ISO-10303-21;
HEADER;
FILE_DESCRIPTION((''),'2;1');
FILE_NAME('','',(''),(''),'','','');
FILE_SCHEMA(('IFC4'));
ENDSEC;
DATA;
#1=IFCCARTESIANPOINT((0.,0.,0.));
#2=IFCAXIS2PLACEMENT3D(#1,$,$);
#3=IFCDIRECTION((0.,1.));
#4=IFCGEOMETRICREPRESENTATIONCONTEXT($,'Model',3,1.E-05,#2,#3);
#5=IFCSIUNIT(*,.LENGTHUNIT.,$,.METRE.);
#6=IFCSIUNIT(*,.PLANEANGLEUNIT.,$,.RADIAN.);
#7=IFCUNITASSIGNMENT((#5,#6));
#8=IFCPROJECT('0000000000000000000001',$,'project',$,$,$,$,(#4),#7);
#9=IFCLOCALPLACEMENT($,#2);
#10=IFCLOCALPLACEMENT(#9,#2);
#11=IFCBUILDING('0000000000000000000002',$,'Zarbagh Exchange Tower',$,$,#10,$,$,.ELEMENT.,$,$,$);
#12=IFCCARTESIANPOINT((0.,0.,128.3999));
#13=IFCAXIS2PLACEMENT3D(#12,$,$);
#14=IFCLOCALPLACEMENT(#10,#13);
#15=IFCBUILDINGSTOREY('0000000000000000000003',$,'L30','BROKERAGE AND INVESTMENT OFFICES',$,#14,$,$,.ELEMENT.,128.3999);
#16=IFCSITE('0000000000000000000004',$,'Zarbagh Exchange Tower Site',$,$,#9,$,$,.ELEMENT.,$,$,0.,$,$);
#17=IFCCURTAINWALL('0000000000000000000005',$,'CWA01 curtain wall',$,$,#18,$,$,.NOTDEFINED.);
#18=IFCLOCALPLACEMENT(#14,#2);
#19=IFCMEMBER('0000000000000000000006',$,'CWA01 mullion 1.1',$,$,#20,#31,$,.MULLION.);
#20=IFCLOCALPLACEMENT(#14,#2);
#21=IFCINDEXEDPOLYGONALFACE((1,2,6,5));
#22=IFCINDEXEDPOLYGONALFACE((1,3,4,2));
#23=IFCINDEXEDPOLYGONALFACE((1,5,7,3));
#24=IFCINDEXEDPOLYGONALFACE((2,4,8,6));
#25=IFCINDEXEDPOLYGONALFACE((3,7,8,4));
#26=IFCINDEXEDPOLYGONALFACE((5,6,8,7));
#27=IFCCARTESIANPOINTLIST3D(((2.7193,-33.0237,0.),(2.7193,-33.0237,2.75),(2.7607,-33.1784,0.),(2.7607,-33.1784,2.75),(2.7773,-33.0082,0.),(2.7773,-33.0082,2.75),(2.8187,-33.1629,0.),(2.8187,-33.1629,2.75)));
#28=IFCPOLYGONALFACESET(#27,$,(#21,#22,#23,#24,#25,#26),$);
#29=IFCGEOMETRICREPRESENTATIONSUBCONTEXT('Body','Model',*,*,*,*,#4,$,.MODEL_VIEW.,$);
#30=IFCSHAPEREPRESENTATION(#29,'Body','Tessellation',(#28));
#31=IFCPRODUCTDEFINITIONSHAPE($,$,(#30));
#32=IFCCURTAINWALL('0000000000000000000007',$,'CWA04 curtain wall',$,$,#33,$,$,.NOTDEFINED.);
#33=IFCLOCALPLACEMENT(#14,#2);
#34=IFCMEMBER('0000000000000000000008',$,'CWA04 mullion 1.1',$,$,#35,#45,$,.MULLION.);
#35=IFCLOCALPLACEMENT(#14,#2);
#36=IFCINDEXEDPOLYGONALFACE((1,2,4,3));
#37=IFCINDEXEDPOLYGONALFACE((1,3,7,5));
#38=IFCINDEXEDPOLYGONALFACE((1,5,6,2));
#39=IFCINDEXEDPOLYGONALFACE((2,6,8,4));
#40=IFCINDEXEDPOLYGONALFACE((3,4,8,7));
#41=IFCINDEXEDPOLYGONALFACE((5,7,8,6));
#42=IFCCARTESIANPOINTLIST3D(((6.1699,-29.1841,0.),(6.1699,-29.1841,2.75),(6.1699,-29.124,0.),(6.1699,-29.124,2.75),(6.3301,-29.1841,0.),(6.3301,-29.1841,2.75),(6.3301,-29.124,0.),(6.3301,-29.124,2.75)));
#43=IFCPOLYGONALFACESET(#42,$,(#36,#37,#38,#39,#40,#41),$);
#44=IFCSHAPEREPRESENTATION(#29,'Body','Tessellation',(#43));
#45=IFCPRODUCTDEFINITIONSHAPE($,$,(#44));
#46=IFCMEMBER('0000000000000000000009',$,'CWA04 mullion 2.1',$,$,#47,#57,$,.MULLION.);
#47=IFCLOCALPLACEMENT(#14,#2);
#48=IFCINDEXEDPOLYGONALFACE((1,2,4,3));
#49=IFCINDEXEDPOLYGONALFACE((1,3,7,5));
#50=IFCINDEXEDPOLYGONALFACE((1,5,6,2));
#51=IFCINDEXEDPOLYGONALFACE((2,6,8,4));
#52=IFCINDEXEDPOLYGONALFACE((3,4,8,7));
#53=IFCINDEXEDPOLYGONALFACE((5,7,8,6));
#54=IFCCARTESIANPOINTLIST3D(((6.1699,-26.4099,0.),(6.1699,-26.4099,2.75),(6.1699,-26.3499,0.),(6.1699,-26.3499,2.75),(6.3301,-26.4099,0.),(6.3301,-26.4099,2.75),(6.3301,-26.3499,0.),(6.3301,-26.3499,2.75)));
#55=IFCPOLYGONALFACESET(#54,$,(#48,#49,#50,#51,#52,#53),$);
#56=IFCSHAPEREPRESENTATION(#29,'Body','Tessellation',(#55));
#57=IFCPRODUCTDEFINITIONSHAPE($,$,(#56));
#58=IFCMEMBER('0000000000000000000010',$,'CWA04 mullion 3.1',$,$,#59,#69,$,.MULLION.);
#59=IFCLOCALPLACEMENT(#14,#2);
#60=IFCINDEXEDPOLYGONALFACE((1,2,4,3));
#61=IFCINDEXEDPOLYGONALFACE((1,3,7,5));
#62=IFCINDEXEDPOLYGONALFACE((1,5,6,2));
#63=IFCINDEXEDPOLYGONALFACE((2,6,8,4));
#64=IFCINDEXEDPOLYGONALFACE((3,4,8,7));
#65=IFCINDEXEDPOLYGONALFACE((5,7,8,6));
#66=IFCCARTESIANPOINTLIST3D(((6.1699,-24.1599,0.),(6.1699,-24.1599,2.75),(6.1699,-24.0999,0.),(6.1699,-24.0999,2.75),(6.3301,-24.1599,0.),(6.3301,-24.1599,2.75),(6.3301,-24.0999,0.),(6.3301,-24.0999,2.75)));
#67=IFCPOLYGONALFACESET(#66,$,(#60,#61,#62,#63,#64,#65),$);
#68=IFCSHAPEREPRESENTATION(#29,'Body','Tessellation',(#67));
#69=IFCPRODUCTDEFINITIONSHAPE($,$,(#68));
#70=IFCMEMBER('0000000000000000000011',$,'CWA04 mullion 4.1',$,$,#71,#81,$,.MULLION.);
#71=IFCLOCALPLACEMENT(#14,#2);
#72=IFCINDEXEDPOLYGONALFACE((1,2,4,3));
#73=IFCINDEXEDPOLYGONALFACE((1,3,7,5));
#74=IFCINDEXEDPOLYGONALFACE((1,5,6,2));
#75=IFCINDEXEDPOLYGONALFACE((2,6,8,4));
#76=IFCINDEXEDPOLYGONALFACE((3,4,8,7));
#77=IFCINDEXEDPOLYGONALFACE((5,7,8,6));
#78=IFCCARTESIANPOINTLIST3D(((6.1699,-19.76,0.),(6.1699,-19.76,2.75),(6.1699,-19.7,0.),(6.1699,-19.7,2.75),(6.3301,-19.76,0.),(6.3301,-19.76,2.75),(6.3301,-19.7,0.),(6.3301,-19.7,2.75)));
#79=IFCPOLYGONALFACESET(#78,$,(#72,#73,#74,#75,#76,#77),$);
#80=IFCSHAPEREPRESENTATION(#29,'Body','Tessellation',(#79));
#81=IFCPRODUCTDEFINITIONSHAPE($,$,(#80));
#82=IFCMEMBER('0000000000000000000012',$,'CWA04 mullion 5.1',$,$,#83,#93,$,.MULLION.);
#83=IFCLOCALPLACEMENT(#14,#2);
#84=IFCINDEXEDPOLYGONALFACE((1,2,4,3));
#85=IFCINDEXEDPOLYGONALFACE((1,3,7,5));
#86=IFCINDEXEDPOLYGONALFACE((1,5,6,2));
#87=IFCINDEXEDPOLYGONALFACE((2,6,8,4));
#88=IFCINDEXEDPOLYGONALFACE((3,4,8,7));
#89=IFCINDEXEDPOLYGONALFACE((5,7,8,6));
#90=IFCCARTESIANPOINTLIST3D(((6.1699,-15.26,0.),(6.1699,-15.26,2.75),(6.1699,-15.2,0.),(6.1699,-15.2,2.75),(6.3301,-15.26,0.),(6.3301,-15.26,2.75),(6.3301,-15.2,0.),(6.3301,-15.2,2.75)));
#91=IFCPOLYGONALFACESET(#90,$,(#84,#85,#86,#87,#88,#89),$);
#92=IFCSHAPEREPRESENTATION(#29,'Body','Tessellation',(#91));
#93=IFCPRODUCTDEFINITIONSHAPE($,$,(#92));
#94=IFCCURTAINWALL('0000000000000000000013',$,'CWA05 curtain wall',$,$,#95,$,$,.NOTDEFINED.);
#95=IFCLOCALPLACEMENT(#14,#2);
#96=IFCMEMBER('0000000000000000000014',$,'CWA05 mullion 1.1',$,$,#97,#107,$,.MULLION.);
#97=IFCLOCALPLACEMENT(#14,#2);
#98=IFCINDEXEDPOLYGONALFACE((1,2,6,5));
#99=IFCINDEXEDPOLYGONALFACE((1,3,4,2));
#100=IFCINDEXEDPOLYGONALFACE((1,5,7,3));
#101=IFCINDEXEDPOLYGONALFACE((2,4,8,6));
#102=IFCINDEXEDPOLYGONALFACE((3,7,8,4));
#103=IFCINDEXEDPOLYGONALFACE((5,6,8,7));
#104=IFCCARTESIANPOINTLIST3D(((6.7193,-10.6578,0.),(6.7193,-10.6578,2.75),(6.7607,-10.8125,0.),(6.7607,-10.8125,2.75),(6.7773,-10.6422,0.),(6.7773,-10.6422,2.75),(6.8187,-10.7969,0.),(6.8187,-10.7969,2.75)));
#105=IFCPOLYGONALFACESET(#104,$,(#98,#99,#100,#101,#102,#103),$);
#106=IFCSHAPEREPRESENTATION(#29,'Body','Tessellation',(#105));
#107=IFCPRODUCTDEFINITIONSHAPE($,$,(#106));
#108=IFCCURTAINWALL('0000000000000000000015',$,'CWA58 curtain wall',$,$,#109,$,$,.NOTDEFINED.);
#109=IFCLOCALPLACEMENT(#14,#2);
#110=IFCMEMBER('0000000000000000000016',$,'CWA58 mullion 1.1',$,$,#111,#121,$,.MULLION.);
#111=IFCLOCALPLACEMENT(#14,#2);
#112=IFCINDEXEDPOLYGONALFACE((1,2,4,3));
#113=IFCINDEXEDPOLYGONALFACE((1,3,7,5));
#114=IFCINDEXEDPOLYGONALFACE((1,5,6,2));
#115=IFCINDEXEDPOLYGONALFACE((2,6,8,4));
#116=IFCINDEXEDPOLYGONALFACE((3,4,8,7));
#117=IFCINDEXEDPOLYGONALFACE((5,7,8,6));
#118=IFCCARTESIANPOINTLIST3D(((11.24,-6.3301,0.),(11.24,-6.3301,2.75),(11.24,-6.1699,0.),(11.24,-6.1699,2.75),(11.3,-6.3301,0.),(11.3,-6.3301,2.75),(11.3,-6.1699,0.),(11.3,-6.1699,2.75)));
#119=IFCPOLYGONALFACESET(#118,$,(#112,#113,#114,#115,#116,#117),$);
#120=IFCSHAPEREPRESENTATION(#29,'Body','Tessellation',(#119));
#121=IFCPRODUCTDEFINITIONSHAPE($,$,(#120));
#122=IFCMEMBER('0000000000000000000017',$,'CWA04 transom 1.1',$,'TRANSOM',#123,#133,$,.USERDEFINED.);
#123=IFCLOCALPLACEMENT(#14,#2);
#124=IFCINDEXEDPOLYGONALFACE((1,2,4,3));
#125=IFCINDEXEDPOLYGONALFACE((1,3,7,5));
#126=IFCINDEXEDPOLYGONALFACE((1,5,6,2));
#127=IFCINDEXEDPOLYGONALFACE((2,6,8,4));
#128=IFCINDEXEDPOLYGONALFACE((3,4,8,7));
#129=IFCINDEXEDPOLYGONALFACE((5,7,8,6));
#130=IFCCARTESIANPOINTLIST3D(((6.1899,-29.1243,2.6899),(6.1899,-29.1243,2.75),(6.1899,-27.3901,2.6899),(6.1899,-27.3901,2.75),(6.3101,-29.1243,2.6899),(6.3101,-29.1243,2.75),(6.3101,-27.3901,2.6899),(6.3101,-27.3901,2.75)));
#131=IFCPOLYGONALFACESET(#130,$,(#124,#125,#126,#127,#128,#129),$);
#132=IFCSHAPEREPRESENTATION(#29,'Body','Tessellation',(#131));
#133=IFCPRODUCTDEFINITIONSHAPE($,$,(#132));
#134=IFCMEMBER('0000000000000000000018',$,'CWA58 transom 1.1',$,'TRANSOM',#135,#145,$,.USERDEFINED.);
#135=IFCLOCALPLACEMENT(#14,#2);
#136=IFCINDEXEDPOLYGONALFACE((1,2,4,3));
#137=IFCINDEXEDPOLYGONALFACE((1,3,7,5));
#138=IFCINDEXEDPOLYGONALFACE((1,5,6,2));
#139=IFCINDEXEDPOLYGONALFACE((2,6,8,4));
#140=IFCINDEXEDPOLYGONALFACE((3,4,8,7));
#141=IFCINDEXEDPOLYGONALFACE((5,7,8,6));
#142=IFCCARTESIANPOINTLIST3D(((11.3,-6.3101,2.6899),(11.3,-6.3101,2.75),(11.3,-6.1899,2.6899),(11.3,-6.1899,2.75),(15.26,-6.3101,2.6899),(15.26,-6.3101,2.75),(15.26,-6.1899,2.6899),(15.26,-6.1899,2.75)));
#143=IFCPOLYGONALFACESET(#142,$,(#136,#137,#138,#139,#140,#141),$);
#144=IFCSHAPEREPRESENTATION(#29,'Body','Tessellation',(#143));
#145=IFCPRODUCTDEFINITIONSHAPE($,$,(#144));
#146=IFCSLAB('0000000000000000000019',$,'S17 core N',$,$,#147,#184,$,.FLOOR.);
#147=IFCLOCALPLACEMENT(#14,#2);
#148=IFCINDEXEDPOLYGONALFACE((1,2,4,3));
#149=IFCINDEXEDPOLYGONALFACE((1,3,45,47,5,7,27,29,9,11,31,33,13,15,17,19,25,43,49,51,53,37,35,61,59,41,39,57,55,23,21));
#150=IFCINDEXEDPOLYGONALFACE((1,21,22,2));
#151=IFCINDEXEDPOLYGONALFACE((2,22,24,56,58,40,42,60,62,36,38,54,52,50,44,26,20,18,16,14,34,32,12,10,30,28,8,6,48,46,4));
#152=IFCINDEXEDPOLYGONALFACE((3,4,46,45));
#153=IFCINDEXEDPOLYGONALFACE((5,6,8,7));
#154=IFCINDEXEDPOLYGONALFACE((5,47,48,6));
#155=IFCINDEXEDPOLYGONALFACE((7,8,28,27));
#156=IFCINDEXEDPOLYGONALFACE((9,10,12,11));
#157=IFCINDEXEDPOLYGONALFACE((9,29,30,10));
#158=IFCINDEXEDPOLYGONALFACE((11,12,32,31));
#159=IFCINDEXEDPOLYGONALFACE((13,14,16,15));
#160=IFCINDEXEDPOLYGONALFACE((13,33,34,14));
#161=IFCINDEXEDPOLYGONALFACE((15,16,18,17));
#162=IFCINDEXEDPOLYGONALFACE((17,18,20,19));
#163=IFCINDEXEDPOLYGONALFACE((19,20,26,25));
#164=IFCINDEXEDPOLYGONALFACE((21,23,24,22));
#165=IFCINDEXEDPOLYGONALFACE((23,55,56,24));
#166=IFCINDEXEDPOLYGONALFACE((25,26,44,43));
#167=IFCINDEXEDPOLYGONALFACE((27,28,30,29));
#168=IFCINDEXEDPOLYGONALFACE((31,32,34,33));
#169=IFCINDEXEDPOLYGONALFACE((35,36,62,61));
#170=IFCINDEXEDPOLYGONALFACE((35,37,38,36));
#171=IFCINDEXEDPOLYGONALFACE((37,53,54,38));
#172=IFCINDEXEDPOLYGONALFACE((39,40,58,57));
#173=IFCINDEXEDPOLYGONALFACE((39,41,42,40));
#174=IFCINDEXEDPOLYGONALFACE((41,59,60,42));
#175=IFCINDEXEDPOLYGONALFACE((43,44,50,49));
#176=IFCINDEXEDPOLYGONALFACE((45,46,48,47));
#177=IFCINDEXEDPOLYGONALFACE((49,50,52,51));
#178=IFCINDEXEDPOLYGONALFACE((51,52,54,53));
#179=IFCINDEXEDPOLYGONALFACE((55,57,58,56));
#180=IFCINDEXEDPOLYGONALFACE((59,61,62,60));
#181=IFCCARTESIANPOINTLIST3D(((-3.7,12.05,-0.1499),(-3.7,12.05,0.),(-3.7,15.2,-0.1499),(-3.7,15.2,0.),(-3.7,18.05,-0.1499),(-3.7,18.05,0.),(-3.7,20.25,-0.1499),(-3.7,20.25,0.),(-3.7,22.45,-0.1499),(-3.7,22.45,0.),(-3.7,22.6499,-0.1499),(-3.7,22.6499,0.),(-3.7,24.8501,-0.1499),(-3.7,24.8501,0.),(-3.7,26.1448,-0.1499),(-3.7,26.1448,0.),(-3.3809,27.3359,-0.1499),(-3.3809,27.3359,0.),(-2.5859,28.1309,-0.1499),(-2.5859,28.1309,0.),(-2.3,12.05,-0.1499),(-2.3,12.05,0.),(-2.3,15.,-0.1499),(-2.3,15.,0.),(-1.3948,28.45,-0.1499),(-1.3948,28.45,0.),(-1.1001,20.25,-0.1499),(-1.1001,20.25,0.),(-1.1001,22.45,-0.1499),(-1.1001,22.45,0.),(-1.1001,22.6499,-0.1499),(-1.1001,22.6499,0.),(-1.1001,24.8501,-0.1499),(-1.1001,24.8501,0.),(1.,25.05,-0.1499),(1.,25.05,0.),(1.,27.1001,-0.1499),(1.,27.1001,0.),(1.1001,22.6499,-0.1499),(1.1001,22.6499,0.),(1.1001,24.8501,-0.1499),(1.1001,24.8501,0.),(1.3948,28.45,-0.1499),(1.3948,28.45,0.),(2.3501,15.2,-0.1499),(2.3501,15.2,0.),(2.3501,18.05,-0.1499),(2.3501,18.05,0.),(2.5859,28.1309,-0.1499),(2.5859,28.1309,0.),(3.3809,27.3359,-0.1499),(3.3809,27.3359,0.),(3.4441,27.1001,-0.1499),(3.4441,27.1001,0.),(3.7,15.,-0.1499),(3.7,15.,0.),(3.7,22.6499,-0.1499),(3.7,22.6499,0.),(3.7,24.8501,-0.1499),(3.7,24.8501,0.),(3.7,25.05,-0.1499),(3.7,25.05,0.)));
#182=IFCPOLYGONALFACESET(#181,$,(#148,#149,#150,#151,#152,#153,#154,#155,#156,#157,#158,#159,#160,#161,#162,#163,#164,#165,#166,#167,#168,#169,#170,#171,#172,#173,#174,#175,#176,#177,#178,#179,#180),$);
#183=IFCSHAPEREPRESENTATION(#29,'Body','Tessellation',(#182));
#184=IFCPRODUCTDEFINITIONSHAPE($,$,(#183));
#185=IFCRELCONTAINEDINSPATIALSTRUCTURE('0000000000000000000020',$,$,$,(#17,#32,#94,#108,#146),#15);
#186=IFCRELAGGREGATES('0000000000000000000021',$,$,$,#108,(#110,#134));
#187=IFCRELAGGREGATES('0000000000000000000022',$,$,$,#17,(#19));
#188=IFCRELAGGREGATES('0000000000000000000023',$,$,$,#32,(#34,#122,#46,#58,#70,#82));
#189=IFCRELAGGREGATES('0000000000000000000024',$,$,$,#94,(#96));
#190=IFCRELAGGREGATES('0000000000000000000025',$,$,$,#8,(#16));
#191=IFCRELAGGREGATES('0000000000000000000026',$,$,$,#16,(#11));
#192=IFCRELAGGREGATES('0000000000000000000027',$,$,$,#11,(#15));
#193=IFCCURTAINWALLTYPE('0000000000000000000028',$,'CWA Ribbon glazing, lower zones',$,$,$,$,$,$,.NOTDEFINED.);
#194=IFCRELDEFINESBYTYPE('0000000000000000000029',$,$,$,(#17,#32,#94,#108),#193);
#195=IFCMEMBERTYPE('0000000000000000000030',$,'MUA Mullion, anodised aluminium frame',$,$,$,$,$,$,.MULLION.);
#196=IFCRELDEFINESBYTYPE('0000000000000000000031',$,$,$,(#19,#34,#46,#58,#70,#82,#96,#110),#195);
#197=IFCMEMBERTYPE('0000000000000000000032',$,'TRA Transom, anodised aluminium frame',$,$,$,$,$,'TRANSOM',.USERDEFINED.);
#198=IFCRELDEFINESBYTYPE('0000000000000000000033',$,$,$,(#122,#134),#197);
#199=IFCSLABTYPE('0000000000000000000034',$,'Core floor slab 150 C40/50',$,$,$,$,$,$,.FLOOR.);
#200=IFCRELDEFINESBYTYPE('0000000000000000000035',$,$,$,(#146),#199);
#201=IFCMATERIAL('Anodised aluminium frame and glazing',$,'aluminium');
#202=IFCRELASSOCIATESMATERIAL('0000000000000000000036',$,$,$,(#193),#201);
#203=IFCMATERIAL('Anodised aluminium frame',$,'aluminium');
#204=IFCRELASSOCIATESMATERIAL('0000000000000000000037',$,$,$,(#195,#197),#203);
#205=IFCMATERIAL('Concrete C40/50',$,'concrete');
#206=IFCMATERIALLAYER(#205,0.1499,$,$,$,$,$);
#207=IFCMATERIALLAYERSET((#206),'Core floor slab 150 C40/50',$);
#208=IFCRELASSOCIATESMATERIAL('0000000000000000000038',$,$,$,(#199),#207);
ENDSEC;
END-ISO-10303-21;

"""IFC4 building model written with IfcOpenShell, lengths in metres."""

from ifc_helpers import new_model, si_unit, direction, frame, origin, place, context, subcontext, project, spatial, polyline, outline, extrude, source, transform, mapped, material, layer, layer_set, type_object, element, aggregate, save


model = new_model("IFC4")

# Units and contexts
model_context = context("Model", 3, precision=1e-05, world=origin(), true_north=direction((0.0, 1.0)))
body_context = subcontext(model_context, "Body", "Model", "MODEL_VIEW")
ifc_project = project(units=[si_unit("LENGTHUNIT", "METRE"), si_unit("PLANEANGLEUNIT", "RADIAN")], contexts=[model_context])

# Site, building, storey
site_placement = place(None, origin())
site = spatial("IfcSite", under=ifc_project, at=site_placement, Name="Zarbagh Exchange Tower Site", CompositionType="ELEMENT", RefElevation=0.0)
building_placement = place(site_placement, origin())
building = spatial("IfcBuilding", under=site, at=building_placement, Name="Zarbagh Exchange Tower", CompositionType="ELEMENT")
storey_placement = place(building_placement, frame((0.0, 0.0, 128.3999)))
storey = spatial("IfcBuildingStorey", under=building, at=storey_placement, Name="L30", Description="BROKERAGE AND INVESTMENT OFFICES", CompositionType="ELEMENT", Elevation=128.3999)

# Curtain wall, member
ifc_material_1 = material(Name="Anodised aluminium frame and glazing", Category="aluminium")
curtain_wall_type = type_object("IfcCurtainWallType", Name="CWA Ribbon glazing, lower zones", PredefinedType="NOTDEFINED", material=ifc_material_1)
curtain_wall_1_placement = place(storey_placement, origin())
curtain_wall_1 = element("IfcCurtainWall", 1, at=curtain_wall_1_placement, inside=storey, type_object=curtain_wall_type, Name="CWA01 curtain wall", PredefinedType="NOTDEFINED")
ifc_material_2 = material(Name="Anodised aluminium frame", Category="aluminium")
member_type_1 = type_object("IfcMemberType", Name="MUA Mullion, anodised aluminium frame", PredefinedType="MULLION", material=ifc_material_2)
shared_shape_1 = source(origin(), body_context, "Body", "SweptSolid", [
    extrude(outline(polyline([(0.0, -0.0801), (0.0601, -0.0801), (0.0601, 0.0801), (0.0, 0.0801), (0.0, -0.0801)])), origin(), (0.0, 0.0, 1.0), 2.75),
])
placement = place(storey_placement, origin())
member_1 = element("IfcMember", 2, at=placement, type_object=member_type_1, Name="CWA01 mullion 1.1", PredefinedType="MULLION", context=body_context, shape_type="MappedRepresentation", body=[
    mapped(shared_shape_1, transform((2.74, -33.1011, 0.0), x_axis=(0.965924, 0.258825, 0.0), y_axis=(-0.258825, 0.965924, 0.0), z_axis=(0.0, 0.0, 1.0))),
])

# Curtain wall, members
curtain_wall_2_placement = place(storey_placement, origin())
curtain_wall_2 = element("IfcCurtainWall", 3, at=curtain_wall_2_placement, inside=storey, type_object=curtain_wall_type, Name="CWA04 curtain wall", PredefinedType="NOTDEFINED")
member_2 = element("IfcMember", 4, at=placement, type_object=member_type_1, Name="CWA04 mullion 1.1", PredefinedType="MULLION", context=body_context, shape_type="MappedRepresentation", body=[
    mapped(shared_shape_1, transform((6.25, -29.1841, 0.0), x_axis=(0.0, 1.0, 0.0), y_axis=(-1.0, 0.0, 0.0), z_axis=(0.0, 0.0, 1.0))),
])
member_3 = element("IfcMember", 5, at=placement, type_object=member_type_1, Name="CWA04 mullion 2.1", PredefinedType="MULLION", context=body_context, shape_type="MappedRepresentation", body=[
    mapped(shared_shape_1, transform((6.25, -26.4099, 0.0), x_axis=(0.0, 1.0, 0.0), y_axis=(-1.0, 0.0, 0.0), z_axis=(0.0, 0.0, 1.0))),
])
member_4 = element("IfcMember", 6, at=placement, type_object=member_type_1, Name="CWA04 mullion 3.1", PredefinedType="MULLION", context=body_context, shape_type="MappedRepresentation", body=[
    mapped(shared_shape_1, transform((6.25, -24.1599, 0.0), x_axis=(0.0, 1.0, 0.0), y_axis=(-1.0, 0.0, 0.0), z_axis=(0.0, 0.0, 1.0))),
])
member_5 = element("IfcMember", 7, at=placement, type_object=member_type_1, Name="CWA04 mullion 4.1", PredefinedType="MULLION", context=body_context, shape_type="MappedRepresentation", body=[
    mapped(shared_shape_1, transform((6.25, -19.76, 0.0), x_axis=(0.0, 1.0, 0.0), y_axis=(-1.0, 0.0, 0.0), z_axis=(0.0, 0.0, 1.0))),
])
member_6 = element("IfcMember", 8, at=placement, type_object=member_type_1, Name="CWA04 mullion 5.1", PredefinedType="MULLION", context=body_context, shape_type="MappedRepresentation", body=[
    mapped(shared_shape_1, transform((6.25, -15.26, 0.0), x_axis=(0.0, 1.0, 0.0), y_axis=(-1.0, 0.0, 0.0), z_axis=(0.0, 0.0, 1.0))),
])

# Curtain walls, members
curtain_wall_3_placement = place(storey_placement, origin())
curtain_wall_3 = element("IfcCurtainWall", 9, at=curtain_wall_3_placement, inside=storey, type_object=curtain_wall_type, Name="CWA05 curtain wall", PredefinedType="NOTDEFINED")
member_7 = element("IfcMember", 10, at=placement, type_object=member_type_1, Name="CWA05 mullion 1.1", PredefinedType="MULLION", context=body_context, shape_type="MappedRepresentation", body=[
    mapped(shared_shape_1, transform((6.74, -10.7351, 0.0), x_axis=(0.965924, 0.258825, 0.0), y_axis=(-0.258825, 0.965924, 0.0), z_axis=(0.0, 0.0, 1.0))),
])
curtain_wall_4_placement = place(storey_placement, origin())
curtain_wall_4 = element("IfcCurtainWall", 11, at=curtain_wall_4_placement, inside=storey, type_object=curtain_wall_type, Name="CWA58 curtain wall", PredefinedType="NOTDEFINED")
member_8 = element("IfcMember", 12, at=placement, type_object=member_type_1, Name="CWA58 mullion 1.1", PredefinedType="MULLION", context=body_context, shape_type="MappedRepresentation", body=[
    mapped(shared_shape_1, transform((11.24, -6.25, 0.0), x_axis=(1.0, 0.0, 0.0), y_axis=(0.0, 1.0, 0.0), z_axis=(0.0, 0.0, 1.0))),
])

# Members
member_type_2 = type_object("IfcMemberType", Name="TRA Transom, anodised aluminium frame", ElementType="TRANSOM", PredefinedType="USERDEFINED", material=ifc_material_2)
shared_shape_2 = source(origin(), body_context, "Body", "SweptSolid", [
    extrude(outline(polyline([(-0.0601, -0.0601), (0.0, -0.0601), (0.0, 0.0601), (-0.0601, 0.0601), (-0.0601, -0.0601)])), origin(), (0.0, 0.0, 1.0), 1.7341),
])
member_9 = element("IfcMember", 13, at=placement, type_object=member_type_2, Name="CWA04 transom 1.1", ObjectType="TRANSOM", PredefinedType="USERDEFINED", context=body_context, shape_type="MappedRepresentation", body=[
    mapped(shared_shape_2, transform((6.25, -29.1243, 2.75), x_axis=(0.0, 0.0, 1.0), y_axis=(1.0, 0.0, 0.0), z_axis=(0.0, 1.0, 0.0))),
])
shared_shape_3 = source(origin(), body_context, "Body", "SweptSolid", [
    extrude(outline(polyline([(-0.0601, -0.0601), (0.0, -0.0601), (0.0, 0.0601), (-0.0601, 0.0601), (-0.0601, -0.0601)])), origin(), (0.0, 0.0, 1.0), 3.96),
])
member_10 = element("IfcMember", 14, at=placement, type_object=member_type_2, Name="CWA58 transom 1.1", ObjectType="TRANSOM", PredefinedType="USERDEFINED", context=body_context, shape_type="MappedRepresentation", body=[
    mapped(shared_shape_3, transform((11.3, -6.25, 2.75), x_axis=(0.0, 0.0, 1.0), y_axis=(0.0, -1.0, 0.0), z_axis=(1.0, 0.0, 0.0))),
])
aggregate(curtain_wall_4, [member_8, member_10])

# Slab
ifc_material_3 = material(Name="Concrete C40/50", Category="concrete")
ifc_layer_1 = layer(ifc_material_3, 0.1499)
ifc_layer_set_1 = layer_set([ifc_layer_1], Name="Core floor slab 150 C40/50")
slab_type = type_object("IfcSlabType", Name="Core floor slab 150 C40/50", PredefinedType="FLOOR", material=ifc_layer_set_1)
slab_1_placement = place(storey_placement, frame((0.0, 0.0, -0.1499)))
element("IfcSlab", 15, at=slab_1_placement, inside=storey, type_object=slab_type, Name="S17 core N", PredefinedType="FLOOR", context=body_context, shape_type="SweptSolid", body=[
    extrude(outline(polyline([(-3.7, 12.05), (-3.7, 15.2), (2.3501, 15.2), (2.3501, 18.05), (-3.7, 18.05), (-3.7, 20.25), (-1.1001, 20.25), (-1.1001, 22.45), (-3.7, 22.45), (-3.7, 22.6499), (-1.1001, 22.6499), (-1.1001, 24.8501), (-3.7, 24.8501), (-3.7, 26.1448), (-3.3809, 27.3359), (-2.5859, 28.1309), (-1.3948, 28.45), (1.3948, 28.45), (2.5859, 28.1309), (3.3809, 27.3359), (3.6465, 26.3447), (3.4441, 27.1001), (1.0, 27.1001), (1.0, 25.05), (3.7, 25.05), (3.7, 24.8501), (1.1001, 24.8501), (1.1001, 22.6499), (3.7, 22.6499), (3.7, 15.0), (-2.3, 15.0), (-2.3, 12.05), (-3.7, 12.05)])), origin(), (0.0, 0.0, 1.0), 0.1499),
])

aggregate(curtain_wall_1, [member_1])

aggregate(curtain_wall_2, [member_2, member_9, member_3, member_4, member_5, member_6])
aggregate(curtain_wall_3, [member_7])

save(model, "model.ifc")
